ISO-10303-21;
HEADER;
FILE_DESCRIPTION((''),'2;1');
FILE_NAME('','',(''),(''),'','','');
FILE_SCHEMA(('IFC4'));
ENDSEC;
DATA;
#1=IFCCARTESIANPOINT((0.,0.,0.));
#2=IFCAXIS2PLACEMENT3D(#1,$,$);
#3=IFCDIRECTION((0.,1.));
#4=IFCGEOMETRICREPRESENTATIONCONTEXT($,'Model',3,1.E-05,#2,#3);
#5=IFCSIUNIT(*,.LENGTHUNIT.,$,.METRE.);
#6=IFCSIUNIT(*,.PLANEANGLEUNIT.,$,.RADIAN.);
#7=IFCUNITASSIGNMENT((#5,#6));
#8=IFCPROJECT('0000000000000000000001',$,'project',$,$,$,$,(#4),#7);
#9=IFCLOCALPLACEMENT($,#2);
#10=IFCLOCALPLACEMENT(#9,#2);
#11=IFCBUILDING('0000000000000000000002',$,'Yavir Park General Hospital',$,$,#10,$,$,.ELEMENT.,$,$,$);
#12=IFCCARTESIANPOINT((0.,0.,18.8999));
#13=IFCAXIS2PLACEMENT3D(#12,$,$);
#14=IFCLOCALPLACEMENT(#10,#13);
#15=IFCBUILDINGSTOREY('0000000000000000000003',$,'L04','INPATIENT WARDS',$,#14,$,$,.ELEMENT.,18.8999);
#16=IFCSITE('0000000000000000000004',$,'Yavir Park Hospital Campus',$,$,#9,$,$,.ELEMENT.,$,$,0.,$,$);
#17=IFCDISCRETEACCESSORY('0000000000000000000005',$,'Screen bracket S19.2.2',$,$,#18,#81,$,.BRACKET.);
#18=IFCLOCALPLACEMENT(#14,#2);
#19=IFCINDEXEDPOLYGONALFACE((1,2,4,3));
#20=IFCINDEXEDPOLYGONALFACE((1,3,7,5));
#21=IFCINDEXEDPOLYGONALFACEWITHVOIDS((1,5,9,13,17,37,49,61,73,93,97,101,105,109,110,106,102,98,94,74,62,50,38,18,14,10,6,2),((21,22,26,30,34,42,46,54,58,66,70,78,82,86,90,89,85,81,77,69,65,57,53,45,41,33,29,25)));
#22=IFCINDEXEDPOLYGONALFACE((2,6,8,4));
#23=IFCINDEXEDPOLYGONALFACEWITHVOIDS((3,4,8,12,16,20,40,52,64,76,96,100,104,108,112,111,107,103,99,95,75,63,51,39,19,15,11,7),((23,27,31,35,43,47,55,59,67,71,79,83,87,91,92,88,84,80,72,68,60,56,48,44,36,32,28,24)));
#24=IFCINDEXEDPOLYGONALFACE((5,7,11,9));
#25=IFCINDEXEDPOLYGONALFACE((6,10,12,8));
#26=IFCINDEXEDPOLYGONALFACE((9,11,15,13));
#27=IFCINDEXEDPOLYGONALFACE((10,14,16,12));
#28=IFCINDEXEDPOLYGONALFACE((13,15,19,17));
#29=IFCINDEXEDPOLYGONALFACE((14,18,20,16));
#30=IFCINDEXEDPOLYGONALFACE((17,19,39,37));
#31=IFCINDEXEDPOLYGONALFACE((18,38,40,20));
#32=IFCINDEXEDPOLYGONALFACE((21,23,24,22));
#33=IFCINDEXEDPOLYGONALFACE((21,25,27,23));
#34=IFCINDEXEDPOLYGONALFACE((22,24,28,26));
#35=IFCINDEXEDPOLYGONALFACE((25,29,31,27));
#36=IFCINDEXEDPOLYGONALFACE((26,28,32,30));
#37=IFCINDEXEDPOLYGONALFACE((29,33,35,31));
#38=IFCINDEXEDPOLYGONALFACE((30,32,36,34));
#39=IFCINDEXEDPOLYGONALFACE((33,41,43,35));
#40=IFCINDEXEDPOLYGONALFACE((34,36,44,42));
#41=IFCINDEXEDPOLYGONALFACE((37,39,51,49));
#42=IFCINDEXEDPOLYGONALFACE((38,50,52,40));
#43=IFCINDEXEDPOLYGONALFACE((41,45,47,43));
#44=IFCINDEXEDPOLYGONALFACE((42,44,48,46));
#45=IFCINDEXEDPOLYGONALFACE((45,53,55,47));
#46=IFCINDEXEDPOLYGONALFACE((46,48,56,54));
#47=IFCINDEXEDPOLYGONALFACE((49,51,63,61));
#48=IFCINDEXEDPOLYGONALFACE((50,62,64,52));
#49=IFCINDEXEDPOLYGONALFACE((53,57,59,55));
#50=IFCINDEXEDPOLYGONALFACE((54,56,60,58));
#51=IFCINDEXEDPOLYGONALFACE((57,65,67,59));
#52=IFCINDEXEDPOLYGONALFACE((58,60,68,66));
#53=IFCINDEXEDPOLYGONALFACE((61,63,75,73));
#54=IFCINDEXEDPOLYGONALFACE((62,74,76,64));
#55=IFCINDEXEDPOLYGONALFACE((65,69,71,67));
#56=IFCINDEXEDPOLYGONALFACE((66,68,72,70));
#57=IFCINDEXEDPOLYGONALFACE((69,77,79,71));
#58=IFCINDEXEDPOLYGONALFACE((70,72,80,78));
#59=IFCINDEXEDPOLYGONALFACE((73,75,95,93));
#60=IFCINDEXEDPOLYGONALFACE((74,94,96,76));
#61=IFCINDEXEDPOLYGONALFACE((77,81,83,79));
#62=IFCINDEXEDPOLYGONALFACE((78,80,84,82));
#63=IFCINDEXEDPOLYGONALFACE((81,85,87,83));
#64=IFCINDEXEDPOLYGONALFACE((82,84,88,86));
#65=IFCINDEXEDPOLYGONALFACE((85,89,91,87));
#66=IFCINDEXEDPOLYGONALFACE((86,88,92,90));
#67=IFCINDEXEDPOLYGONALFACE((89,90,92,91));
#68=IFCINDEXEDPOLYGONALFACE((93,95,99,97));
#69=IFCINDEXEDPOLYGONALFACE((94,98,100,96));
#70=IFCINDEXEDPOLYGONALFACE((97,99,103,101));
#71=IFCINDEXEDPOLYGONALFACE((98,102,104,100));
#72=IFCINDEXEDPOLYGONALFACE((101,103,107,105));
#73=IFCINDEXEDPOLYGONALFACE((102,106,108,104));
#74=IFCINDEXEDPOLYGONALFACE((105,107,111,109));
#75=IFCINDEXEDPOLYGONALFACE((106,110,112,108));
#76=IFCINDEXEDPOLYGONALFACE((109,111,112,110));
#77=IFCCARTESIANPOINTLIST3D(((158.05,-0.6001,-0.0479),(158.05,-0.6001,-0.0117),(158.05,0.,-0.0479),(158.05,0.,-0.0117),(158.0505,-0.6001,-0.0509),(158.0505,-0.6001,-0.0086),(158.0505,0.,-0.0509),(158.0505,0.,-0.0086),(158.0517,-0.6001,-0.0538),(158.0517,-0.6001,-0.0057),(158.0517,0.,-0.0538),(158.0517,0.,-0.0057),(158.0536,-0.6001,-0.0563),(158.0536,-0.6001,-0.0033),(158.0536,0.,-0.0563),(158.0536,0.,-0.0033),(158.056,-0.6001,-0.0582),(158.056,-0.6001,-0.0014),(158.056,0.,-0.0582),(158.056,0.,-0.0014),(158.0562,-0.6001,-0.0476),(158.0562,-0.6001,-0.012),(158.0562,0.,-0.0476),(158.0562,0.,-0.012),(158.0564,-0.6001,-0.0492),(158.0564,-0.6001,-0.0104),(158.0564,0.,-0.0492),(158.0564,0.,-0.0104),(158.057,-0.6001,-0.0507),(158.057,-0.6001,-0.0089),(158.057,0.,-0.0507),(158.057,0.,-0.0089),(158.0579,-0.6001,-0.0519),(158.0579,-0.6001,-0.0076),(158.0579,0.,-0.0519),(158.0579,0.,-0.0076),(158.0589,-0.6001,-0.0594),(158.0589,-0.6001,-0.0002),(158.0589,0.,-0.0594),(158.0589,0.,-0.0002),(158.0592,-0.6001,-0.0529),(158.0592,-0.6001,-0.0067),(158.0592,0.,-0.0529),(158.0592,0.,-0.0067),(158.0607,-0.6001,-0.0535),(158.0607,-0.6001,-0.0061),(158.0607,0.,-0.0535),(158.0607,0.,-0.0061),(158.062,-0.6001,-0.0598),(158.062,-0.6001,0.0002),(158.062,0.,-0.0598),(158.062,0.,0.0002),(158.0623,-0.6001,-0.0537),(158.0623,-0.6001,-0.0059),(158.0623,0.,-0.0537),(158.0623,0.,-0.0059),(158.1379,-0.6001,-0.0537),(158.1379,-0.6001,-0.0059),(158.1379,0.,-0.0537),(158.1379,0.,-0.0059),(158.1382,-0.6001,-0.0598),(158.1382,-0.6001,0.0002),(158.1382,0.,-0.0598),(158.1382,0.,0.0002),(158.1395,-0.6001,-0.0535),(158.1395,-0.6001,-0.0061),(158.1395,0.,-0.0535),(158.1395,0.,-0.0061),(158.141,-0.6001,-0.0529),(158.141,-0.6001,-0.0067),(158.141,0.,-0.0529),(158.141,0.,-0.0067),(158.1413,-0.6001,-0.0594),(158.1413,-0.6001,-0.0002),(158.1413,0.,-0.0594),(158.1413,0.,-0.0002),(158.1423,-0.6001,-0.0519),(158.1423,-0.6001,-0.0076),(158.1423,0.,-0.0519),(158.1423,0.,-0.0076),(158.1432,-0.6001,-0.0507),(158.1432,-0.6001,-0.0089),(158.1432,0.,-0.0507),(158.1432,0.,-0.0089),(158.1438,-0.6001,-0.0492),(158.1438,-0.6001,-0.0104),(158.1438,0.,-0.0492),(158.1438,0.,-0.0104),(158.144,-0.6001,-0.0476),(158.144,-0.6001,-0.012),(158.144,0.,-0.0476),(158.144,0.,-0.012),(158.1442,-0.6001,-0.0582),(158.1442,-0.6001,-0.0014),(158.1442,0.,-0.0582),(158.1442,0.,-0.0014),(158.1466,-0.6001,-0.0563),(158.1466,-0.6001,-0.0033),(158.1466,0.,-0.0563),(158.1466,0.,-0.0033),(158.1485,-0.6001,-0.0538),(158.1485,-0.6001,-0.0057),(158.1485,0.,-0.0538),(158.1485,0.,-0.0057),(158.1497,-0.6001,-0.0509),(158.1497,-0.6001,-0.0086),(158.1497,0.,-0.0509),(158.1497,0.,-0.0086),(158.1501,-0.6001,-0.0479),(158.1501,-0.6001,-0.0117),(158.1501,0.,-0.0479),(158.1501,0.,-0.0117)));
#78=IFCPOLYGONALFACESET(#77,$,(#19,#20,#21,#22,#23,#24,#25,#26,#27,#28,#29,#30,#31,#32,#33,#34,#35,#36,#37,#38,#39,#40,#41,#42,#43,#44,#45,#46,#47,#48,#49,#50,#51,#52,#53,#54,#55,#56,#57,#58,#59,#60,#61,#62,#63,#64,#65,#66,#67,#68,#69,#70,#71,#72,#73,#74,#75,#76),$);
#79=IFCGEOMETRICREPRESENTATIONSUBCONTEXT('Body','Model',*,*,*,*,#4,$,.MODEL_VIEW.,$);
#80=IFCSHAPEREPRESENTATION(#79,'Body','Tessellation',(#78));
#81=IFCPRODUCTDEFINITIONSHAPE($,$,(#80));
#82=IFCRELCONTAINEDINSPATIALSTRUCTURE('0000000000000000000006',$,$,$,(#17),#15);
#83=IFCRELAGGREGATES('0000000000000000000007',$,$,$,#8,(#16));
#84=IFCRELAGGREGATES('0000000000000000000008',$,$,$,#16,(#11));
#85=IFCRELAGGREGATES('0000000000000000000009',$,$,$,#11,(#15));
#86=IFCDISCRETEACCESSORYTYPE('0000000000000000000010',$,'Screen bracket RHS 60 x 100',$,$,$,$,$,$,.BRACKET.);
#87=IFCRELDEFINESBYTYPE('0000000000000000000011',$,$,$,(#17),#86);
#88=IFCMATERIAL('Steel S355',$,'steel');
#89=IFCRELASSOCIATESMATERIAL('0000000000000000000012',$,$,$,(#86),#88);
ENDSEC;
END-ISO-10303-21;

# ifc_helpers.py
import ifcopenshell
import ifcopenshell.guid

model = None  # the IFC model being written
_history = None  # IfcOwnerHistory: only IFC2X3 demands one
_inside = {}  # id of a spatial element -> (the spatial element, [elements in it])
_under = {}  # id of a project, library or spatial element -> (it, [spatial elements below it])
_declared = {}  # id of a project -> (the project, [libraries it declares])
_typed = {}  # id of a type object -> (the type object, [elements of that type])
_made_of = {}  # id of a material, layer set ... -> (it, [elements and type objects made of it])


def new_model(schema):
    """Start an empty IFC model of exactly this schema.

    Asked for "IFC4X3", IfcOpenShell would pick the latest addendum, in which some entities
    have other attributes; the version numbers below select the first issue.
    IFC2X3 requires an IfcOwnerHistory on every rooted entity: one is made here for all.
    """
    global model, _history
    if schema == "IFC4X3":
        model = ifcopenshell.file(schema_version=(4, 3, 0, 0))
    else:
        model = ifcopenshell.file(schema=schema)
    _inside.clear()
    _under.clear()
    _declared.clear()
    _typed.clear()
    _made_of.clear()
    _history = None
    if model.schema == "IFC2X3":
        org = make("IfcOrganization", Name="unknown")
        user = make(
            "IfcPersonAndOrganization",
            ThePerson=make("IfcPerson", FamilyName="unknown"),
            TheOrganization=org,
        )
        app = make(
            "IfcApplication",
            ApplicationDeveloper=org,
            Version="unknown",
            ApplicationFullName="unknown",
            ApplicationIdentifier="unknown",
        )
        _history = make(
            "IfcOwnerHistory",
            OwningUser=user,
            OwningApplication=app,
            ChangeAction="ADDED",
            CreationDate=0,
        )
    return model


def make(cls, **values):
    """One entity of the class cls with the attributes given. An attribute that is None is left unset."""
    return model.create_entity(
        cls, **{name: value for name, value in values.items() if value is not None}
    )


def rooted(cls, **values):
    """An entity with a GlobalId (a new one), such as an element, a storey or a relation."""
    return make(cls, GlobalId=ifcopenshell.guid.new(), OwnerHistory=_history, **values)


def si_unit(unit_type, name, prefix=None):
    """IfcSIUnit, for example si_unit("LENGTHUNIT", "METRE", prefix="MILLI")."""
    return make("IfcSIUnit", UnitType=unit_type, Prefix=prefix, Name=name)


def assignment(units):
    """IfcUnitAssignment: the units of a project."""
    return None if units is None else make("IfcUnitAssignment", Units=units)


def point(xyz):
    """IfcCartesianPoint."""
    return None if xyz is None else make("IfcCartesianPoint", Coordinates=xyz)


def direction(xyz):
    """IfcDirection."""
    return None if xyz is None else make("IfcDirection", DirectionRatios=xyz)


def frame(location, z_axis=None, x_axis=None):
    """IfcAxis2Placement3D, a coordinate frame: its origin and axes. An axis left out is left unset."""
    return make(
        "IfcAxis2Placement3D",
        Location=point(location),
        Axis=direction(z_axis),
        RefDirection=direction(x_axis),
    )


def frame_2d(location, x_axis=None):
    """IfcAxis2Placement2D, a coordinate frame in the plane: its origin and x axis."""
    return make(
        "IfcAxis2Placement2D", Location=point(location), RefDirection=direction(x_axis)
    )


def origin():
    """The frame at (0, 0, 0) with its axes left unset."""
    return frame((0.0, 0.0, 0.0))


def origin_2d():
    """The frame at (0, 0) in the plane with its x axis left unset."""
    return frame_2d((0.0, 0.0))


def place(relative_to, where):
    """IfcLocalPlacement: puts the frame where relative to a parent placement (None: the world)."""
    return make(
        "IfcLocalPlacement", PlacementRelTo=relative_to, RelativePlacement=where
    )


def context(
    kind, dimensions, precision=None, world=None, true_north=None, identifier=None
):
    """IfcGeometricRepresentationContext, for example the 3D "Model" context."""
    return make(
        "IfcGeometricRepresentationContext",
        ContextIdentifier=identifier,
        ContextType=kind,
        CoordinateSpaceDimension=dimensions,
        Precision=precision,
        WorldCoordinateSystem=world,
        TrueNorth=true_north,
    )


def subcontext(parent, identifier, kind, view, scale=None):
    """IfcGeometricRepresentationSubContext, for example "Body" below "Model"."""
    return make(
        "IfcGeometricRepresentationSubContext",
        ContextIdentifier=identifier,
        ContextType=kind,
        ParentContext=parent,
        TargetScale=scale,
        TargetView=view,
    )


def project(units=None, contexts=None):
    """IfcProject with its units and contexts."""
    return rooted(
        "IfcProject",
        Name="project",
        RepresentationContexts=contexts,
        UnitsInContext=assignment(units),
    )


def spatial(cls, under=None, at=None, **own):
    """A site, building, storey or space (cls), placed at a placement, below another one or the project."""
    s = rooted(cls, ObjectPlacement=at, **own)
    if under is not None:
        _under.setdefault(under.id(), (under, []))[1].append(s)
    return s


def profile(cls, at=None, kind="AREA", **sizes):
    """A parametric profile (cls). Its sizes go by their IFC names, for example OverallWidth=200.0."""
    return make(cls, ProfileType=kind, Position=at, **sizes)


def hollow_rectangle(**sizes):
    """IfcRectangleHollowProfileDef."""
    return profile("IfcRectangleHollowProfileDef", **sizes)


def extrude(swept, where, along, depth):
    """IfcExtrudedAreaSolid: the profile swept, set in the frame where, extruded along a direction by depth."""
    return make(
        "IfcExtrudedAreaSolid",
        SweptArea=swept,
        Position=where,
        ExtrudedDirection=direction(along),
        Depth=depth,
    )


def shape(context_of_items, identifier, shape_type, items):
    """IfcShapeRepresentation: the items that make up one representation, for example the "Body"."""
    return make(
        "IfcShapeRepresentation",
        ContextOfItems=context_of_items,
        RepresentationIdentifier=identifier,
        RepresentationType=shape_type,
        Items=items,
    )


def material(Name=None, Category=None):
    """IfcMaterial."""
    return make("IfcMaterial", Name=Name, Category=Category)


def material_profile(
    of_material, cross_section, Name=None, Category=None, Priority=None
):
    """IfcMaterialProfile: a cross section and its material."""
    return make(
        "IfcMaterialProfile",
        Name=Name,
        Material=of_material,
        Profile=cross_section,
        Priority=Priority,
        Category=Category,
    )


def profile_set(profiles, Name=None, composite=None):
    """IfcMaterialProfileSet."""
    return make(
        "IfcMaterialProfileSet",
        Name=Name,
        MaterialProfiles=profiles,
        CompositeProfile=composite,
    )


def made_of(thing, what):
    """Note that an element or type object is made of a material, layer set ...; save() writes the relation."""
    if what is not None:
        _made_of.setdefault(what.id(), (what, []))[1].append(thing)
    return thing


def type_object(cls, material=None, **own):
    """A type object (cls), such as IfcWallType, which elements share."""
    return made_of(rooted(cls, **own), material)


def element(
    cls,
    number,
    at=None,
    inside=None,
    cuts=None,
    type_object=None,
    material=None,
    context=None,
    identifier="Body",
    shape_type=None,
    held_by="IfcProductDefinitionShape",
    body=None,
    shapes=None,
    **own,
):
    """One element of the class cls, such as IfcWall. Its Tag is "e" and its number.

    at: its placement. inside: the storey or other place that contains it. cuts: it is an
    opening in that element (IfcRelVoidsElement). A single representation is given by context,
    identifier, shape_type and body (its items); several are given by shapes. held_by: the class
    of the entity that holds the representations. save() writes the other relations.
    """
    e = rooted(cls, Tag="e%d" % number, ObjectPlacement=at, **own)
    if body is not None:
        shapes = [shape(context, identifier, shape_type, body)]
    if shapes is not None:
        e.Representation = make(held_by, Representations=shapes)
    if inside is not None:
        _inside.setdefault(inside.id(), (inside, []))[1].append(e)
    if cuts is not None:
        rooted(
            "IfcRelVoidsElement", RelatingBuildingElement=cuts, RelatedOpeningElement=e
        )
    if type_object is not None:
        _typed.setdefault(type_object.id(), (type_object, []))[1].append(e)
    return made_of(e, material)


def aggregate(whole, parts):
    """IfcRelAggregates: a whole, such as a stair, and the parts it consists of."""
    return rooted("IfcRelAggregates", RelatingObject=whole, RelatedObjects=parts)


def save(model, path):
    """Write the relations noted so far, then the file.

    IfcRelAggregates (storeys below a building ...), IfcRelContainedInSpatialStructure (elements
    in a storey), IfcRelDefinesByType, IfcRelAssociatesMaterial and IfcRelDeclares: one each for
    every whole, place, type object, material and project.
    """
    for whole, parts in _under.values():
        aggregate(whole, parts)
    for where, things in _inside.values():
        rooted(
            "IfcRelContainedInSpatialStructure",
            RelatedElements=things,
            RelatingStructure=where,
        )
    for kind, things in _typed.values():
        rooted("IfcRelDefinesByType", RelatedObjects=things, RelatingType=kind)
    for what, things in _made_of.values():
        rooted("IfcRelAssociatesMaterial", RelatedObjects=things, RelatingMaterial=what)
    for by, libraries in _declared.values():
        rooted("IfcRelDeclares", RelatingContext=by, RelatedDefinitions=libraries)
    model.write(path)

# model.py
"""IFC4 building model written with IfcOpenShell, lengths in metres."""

from ifc_helpers import new_model, si_unit, direction, frame, origin, origin_2d, place, context, subcontext, project, spatial, hollow_rectangle, extrude, material, material_profile, profile_set, type_object, element, save


model = new_model("IFC4")

# Units and contexts
model_context = context("Model", 3, precision=1e-05, world=origin(), true_north=direction((0.0, 1.0)))
body_context = subcontext(model_context, "Body", "Model", "MODEL_VIEW")
ifc_project = project(units=[si_unit("LENGTHUNIT", "METRE"), si_unit("PLANEANGLEUNIT", "RADIAN")], contexts=[model_context])

# Site, building, storey
site_placement = place(None, origin())
site = spatial("IfcSite", under=ifc_project, at=site_placement, Name="Yavir Park Hospital Campus", CompositionType="ELEMENT", RefElevation=0.0)
building_placement = place(site_placement, origin())
building = spatial("IfcBuilding", under=site, at=building_placement, Name="Yavir Park General Hospital", CompositionType="ELEMENT")
storey_placement = place(building_placement, frame((0.0, 0.0, 18.8999)))
storey = spatial("IfcBuildingStorey", under=building, at=storey_placement, Name="L04", Description="INPATIENT WARDS", CompositionType="ELEMENT", Elevation=18.8999)

# Discrete accessory
ifc_material_1 = material(Name="Steel S355", Category="steel")
ifc_material_profile_1 = material_profile(ifc_material_1, hollow_rectangle(XDim=0.1001, YDim=0.0601, WallThickness=0.0061, InnerFilletRadius=0.0061, OuterFilletRadius=0.012, at=origin_2d()), Name="RHS60x100x6")
ifc_profile_set_1 = profile_set([ifc_material_profile_1], Name="Steel S355")
discrete_accessory_type = type_object("IfcDiscreteAccessoryType", Name="Screen bracket RHS 60 x 100", PredefinedType="BRACKET", material=ifc_profile_set_1)
discrete_accessory_placement = place(storey_placement, frame((158.1001, 0.0, -0.0298), z_axis=(0.0, -1.0, 0.0), x_axis=(1.0, 0.0, 0.0)))
element("IfcDiscreteAccessory", 1, at=discrete_accessory_placement, inside=storey, type_object=discrete_accessory_type, Name="Screen bracket S19.2.2", PredefinedType="BRACKET", context=body_context, shape_type="SweptSolid", body=[
    extrude(hollow_rectangle(XDim=0.1001, YDim=0.0601, WallThickness=0.0061, InnerFilletRadius=0.0061, OuterFilletRadius=0.012, at=origin_2d()), origin(), (0.0, 0.0, 1.0), 0.6001),
])

save(model, "model.ifc")
